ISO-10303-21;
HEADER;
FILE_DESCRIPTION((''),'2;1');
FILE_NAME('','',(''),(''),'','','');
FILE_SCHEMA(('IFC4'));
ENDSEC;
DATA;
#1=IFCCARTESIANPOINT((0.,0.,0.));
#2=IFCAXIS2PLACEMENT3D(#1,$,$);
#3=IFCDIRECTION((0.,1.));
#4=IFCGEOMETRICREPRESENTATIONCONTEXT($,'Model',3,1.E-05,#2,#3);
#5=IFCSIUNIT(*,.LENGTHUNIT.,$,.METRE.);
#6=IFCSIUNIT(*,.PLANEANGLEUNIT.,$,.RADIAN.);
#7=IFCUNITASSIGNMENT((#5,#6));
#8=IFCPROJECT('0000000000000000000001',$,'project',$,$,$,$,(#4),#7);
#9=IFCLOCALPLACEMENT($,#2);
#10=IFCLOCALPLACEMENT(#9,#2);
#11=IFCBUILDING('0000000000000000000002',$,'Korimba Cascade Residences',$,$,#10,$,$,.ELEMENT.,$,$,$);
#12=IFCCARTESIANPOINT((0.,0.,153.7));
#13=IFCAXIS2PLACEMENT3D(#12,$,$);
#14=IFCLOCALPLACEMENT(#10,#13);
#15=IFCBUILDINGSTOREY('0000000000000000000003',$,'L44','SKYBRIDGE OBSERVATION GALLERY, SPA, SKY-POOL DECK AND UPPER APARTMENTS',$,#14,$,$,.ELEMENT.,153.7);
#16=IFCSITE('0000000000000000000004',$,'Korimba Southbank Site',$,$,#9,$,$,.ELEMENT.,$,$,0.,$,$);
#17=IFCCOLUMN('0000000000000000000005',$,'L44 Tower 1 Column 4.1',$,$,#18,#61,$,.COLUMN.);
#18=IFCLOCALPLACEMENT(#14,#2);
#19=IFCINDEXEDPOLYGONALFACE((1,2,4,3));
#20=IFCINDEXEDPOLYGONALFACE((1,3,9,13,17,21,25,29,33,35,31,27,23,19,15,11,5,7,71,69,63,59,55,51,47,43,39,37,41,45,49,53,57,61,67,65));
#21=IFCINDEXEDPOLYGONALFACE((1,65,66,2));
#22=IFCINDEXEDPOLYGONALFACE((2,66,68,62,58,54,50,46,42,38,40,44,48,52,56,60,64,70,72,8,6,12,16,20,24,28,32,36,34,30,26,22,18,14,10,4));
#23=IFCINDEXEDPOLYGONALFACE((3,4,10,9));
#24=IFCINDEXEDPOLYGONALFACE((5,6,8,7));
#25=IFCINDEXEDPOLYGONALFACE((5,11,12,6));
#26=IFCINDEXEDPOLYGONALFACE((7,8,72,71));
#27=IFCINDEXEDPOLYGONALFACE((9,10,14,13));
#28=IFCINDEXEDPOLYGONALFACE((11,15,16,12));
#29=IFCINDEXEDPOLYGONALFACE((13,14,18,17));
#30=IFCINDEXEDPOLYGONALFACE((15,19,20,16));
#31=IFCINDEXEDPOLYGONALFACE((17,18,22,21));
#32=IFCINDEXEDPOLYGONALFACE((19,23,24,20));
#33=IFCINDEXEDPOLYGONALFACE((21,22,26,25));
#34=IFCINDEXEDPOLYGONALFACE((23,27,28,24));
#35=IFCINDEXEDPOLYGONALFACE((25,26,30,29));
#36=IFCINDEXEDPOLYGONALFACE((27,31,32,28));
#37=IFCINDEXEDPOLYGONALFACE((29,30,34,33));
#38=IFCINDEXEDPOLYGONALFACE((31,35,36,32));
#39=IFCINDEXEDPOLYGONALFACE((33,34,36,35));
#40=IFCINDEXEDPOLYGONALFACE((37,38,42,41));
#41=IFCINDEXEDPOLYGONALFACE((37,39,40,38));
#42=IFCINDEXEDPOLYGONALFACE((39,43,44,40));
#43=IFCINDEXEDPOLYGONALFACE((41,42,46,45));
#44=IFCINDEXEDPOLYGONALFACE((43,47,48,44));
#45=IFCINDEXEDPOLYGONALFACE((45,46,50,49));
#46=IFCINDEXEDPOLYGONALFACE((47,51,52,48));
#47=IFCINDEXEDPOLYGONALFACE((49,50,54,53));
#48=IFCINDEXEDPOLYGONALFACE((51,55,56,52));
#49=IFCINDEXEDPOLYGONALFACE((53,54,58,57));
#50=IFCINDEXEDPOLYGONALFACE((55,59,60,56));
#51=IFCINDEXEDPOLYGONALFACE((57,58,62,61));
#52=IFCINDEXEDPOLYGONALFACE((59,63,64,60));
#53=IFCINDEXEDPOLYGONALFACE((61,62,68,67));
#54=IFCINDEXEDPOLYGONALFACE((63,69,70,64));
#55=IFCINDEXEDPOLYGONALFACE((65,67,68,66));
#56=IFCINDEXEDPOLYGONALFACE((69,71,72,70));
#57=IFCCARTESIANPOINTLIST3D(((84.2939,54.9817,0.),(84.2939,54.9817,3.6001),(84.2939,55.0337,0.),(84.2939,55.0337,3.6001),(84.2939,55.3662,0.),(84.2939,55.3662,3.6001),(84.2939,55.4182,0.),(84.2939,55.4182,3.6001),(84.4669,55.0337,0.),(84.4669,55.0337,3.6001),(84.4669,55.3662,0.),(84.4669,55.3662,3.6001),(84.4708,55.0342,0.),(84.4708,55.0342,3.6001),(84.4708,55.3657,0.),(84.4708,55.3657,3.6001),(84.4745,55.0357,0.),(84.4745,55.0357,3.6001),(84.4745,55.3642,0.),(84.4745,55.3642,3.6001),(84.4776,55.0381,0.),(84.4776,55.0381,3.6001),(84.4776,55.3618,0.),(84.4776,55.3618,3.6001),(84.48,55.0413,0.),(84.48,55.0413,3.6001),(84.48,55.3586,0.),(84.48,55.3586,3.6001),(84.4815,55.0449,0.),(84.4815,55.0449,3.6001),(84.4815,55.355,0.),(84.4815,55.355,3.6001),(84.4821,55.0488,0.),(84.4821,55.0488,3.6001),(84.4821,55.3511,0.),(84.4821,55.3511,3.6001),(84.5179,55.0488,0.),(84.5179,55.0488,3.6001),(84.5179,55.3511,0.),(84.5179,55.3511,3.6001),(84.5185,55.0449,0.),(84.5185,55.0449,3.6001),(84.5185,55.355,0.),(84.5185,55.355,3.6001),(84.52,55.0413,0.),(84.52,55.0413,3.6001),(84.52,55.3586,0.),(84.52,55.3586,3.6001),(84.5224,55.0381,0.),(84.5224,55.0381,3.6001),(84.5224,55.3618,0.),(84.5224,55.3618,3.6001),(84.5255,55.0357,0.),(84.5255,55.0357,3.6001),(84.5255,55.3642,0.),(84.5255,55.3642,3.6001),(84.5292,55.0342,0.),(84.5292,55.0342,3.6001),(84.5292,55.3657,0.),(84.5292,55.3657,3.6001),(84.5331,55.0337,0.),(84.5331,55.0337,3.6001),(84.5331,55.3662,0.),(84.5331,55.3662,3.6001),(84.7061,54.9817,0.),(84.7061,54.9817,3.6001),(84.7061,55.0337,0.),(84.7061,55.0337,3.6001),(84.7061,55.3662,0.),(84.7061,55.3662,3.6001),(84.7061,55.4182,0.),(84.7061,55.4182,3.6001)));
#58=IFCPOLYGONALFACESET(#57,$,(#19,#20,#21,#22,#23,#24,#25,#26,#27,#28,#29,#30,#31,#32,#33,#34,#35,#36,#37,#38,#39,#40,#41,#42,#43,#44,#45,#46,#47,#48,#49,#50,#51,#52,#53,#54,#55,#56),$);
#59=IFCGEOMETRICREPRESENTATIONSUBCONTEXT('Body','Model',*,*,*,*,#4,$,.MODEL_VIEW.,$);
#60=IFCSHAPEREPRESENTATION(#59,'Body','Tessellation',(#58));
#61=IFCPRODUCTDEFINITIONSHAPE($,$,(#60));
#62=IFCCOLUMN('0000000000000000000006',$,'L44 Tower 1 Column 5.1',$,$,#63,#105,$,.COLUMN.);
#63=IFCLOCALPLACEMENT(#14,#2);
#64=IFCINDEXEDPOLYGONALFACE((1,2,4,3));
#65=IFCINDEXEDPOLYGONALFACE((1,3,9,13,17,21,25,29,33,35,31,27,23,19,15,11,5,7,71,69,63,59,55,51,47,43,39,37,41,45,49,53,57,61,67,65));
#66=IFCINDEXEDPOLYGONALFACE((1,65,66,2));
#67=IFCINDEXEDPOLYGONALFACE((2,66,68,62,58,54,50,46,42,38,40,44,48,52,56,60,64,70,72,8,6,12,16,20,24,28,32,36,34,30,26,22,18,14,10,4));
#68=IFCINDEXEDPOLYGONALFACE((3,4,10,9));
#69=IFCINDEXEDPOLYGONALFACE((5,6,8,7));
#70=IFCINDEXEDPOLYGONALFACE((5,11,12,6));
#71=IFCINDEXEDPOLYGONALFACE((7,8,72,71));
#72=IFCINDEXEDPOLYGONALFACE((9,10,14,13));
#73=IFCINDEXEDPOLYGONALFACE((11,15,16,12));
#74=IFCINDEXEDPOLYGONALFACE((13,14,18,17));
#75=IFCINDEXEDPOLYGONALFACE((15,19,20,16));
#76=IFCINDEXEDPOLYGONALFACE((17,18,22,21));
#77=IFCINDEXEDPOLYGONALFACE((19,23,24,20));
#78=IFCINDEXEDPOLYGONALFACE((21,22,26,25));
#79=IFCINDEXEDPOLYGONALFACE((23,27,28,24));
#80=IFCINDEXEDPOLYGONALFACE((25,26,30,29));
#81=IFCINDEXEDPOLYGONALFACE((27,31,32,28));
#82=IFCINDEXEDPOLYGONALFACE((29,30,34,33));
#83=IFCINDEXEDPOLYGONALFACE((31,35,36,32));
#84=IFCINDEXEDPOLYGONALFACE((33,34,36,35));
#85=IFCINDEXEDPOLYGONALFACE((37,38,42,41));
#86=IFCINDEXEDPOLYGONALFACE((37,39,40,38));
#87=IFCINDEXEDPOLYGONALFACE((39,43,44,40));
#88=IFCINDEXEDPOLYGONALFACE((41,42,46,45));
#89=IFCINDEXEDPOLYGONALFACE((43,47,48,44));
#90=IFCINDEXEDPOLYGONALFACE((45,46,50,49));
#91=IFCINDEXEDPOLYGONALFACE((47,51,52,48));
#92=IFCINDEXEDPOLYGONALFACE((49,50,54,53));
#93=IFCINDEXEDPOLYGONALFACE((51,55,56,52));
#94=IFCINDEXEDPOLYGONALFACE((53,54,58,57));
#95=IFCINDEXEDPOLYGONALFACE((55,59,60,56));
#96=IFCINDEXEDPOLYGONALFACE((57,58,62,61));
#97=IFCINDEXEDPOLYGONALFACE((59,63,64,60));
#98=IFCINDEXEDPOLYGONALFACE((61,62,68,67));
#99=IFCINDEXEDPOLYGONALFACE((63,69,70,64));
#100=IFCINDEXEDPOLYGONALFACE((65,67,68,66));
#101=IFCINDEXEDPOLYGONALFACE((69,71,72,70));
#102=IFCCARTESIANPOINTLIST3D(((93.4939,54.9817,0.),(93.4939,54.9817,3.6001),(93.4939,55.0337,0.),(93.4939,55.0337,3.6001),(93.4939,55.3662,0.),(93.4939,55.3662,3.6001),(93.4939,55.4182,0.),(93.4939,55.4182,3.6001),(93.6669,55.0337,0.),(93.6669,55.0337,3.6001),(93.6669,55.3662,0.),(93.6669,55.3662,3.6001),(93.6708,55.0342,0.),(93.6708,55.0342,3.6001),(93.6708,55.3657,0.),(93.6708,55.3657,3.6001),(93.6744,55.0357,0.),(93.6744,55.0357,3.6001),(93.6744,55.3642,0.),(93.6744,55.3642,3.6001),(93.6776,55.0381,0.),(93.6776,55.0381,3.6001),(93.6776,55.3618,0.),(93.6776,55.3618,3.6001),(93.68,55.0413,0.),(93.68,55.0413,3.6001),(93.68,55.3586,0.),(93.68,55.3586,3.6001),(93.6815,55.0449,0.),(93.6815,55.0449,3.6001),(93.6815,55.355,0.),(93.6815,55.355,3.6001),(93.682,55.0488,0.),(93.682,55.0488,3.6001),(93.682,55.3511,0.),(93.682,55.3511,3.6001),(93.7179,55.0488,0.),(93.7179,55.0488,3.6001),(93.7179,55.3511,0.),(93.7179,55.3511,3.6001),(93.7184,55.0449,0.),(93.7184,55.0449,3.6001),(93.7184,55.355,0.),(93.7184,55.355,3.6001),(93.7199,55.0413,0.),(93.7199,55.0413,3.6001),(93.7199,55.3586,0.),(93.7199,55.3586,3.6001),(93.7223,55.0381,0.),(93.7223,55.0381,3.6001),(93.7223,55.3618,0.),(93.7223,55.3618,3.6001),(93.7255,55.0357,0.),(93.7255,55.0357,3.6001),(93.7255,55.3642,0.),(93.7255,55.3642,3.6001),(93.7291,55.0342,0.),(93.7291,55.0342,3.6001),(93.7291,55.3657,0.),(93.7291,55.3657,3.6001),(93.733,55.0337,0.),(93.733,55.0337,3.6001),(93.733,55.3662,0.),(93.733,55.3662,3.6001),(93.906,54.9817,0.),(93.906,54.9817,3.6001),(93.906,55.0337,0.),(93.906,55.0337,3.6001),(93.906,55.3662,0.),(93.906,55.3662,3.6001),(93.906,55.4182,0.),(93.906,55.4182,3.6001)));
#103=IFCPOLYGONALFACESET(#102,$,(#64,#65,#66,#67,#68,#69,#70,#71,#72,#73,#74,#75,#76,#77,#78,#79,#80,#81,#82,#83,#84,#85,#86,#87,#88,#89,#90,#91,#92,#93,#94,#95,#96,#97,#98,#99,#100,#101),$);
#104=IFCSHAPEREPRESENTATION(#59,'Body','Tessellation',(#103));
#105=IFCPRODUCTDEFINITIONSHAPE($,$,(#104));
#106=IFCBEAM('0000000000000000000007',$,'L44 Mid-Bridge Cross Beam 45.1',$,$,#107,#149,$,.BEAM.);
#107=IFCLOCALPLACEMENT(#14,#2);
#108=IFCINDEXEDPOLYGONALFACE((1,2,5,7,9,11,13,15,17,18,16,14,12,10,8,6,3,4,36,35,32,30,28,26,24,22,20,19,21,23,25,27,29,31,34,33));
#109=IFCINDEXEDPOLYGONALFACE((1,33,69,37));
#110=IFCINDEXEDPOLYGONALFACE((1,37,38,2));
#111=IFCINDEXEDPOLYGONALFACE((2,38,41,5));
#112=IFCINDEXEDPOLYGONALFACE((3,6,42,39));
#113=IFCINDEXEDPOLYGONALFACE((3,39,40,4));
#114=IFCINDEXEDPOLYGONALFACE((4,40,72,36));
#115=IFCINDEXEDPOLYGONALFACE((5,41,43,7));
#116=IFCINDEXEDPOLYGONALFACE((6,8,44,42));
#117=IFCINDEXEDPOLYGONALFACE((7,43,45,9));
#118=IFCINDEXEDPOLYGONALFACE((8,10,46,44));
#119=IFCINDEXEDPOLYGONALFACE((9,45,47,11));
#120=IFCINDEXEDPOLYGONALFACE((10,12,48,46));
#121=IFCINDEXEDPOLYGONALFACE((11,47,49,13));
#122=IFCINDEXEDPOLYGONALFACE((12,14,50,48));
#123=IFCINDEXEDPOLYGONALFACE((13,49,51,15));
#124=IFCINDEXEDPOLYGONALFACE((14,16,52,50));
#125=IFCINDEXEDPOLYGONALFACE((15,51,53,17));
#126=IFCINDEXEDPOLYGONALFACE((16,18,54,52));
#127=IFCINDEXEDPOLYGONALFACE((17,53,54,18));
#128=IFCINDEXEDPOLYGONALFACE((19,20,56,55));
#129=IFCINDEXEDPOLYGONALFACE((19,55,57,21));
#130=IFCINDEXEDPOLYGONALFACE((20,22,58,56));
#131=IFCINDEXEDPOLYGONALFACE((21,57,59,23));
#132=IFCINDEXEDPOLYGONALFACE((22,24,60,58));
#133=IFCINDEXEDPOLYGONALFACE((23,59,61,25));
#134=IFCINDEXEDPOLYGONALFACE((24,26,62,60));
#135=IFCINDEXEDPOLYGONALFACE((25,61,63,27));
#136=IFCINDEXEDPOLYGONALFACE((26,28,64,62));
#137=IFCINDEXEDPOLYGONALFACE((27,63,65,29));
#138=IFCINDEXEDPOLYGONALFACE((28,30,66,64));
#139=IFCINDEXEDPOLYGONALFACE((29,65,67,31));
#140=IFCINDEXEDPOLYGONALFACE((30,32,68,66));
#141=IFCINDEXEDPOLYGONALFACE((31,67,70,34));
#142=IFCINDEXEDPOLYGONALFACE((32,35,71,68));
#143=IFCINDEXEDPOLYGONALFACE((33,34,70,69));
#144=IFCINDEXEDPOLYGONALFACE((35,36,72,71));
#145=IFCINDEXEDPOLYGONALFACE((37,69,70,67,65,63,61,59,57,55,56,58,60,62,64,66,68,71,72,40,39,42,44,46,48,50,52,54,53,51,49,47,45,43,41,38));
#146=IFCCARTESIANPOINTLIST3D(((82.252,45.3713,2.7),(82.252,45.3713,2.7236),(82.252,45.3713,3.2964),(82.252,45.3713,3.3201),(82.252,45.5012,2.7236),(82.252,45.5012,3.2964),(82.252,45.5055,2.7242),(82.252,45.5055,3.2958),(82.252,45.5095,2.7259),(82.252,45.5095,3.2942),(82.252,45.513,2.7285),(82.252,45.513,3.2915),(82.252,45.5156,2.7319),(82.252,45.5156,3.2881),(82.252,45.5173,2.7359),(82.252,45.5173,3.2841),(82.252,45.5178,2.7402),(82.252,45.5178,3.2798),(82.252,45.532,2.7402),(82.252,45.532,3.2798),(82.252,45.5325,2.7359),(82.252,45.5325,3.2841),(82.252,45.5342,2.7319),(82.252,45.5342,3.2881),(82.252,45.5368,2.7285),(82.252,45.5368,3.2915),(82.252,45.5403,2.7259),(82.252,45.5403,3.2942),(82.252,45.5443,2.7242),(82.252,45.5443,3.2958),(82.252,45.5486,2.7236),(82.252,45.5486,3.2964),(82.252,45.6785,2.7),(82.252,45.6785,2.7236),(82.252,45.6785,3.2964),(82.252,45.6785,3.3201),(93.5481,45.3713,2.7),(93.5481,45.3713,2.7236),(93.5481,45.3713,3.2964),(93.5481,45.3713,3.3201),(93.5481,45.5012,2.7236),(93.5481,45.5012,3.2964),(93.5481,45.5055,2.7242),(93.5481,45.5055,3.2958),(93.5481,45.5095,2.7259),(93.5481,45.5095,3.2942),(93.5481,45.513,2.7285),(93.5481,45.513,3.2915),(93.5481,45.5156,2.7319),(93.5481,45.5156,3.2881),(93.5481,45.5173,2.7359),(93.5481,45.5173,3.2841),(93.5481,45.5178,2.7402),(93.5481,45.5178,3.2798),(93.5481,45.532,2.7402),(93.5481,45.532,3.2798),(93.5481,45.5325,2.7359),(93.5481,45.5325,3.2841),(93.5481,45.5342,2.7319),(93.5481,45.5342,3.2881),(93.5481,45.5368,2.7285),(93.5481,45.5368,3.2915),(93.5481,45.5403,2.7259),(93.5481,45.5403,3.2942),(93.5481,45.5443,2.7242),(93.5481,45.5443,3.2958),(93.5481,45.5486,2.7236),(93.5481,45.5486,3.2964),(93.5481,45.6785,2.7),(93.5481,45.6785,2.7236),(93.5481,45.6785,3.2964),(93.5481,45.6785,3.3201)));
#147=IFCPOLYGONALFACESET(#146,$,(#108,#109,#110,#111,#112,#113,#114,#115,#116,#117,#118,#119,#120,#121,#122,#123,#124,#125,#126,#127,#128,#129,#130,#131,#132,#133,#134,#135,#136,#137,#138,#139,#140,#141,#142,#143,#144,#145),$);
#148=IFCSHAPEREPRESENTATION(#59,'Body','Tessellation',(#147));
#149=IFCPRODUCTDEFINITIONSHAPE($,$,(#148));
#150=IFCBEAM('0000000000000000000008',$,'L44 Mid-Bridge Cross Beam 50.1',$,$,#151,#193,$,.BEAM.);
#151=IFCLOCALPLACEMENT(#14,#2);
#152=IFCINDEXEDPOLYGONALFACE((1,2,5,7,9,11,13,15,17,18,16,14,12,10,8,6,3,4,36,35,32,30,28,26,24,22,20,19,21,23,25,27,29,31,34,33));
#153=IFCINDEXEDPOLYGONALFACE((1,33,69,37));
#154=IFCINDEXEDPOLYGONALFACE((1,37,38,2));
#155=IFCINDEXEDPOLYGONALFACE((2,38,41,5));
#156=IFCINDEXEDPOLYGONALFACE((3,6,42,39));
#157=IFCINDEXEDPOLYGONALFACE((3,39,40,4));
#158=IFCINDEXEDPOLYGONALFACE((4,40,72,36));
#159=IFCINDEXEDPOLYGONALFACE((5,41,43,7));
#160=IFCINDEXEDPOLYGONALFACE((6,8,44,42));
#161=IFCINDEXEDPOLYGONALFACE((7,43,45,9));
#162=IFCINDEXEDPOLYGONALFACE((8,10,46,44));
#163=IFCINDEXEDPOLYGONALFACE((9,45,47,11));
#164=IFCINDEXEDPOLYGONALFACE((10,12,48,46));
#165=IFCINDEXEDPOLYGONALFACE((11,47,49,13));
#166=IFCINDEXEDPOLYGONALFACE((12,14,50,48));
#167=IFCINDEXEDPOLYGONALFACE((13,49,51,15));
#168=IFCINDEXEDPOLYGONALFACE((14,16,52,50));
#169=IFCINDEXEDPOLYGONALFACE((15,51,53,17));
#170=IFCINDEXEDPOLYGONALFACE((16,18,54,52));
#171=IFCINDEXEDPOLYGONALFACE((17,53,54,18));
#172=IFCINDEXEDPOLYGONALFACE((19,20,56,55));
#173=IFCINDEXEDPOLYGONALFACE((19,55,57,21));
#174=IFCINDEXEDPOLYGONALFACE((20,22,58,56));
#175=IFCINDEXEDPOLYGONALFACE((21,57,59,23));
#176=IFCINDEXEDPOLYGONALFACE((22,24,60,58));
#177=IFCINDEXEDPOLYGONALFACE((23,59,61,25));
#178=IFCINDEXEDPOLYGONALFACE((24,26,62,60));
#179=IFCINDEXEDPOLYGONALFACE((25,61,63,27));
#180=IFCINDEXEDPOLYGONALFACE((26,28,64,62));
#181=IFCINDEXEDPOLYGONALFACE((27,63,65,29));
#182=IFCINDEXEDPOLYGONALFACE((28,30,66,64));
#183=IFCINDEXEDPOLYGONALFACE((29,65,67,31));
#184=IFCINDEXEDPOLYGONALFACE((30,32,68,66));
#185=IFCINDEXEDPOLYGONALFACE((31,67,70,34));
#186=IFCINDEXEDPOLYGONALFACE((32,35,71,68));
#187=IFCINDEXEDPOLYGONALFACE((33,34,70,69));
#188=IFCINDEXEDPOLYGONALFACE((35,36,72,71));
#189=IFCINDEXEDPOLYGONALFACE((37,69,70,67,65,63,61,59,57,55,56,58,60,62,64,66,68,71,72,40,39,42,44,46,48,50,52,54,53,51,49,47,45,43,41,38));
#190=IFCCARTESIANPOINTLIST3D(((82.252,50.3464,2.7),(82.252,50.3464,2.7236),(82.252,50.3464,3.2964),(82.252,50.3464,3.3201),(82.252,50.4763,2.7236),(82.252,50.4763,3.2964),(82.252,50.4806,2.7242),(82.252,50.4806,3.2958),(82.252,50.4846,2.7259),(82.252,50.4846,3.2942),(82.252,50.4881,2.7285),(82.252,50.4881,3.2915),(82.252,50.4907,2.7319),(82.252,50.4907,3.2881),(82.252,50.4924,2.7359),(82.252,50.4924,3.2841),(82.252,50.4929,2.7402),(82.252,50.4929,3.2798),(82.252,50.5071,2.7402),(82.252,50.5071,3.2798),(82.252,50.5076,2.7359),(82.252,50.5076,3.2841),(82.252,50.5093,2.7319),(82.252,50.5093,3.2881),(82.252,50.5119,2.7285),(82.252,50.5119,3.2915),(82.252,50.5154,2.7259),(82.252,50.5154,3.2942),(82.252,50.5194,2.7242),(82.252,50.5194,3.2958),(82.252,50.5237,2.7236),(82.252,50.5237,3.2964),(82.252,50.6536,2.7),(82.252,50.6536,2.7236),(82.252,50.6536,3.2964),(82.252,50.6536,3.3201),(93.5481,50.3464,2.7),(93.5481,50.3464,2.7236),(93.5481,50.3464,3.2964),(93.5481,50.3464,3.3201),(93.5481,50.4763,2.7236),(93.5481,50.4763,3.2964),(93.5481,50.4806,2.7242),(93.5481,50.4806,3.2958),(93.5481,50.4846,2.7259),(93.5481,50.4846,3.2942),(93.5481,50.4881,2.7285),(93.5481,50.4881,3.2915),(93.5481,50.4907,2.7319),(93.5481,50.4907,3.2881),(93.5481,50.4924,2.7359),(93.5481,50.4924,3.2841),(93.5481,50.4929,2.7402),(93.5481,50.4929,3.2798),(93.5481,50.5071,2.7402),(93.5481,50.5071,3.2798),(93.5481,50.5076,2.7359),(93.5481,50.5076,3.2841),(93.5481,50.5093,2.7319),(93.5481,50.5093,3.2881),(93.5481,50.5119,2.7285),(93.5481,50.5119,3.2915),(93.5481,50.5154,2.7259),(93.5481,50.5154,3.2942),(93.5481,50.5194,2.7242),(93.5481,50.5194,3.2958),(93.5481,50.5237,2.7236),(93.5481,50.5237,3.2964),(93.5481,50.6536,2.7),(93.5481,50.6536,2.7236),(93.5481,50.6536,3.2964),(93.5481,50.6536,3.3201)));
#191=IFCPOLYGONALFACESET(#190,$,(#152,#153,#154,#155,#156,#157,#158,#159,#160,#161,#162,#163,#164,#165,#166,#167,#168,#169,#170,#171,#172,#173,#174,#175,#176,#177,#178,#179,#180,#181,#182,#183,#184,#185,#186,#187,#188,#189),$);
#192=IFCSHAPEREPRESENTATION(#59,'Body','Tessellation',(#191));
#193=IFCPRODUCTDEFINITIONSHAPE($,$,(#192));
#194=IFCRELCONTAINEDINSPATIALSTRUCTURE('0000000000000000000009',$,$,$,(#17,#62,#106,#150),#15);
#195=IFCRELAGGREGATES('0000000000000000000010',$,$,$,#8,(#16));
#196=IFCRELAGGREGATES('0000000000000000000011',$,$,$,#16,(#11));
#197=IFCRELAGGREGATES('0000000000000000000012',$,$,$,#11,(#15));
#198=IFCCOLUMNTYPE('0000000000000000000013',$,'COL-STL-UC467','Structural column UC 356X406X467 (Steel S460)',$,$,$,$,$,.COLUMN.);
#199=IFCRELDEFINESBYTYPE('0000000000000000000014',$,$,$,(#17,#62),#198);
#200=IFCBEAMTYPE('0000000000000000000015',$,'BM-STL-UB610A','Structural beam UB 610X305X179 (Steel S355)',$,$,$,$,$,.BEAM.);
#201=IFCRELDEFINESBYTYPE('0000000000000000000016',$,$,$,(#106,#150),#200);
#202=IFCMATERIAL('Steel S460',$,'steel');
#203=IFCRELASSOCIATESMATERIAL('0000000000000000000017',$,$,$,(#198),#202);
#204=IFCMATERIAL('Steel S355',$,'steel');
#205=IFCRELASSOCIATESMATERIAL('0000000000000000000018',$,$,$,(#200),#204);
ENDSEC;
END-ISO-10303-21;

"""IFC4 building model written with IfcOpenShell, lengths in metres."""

from ifc_helpers import new_model, si_unit, direction, frame, origin, origin_2d, place, context, subcontext, project, spatial, i_section, extrude, material, material_profile, profile_set, type_object, element, save


model = new_model("IFC4")

# Units and contexts
model_context = context("Model", 3, precision=1e-05, world=origin(), true_north=direction((0.0, 1.0)))
body_context = subcontext(model_context, "Body", "Model", "MODEL_VIEW")
ifc_project = project(units=[si_unit("LENGTHUNIT", "METRE"), si_unit("PLANEANGLEUNIT", "RADIAN")], contexts=[model_context])

# Site, building, storey
site_placement = place(None, origin())
site = spatial("IfcSite", under=ifc_project, at=site_placement, Name="Korimba Southbank Site", CompositionType="ELEMENT", RefElevation=0.0)
building_placement = place(site_placement, origin())
building = spatial("IfcBuilding", under=site, at=building_placement, Name="Korimba Cascade Residences", CompositionType="ELEMENT")
storey_placement = place(building_placement, frame((0.0, 0.0, 153.7)))
storey = spatial("IfcBuildingStorey", under=building, at=storey_placement, Name="L44", Description="SKYBRIDGE OBSERVATION GALLERY, SPA, SKY-POOL DECK AND UPPER APARTMENTS", CompositionType="ELEMENT", Elevation=153.7)

# Columns
ifc_material_1 = material(Name="Steel S460", Category="steel")
ifc_material_profile_1 = material_profile(ifc_material_1, i_section(OverallWidth=0.4121, OverallDepth=0.4365, WebThickness=0.0359, FlangeThickness=0.052, FilletRadius=0.0151, at=origin_2d()), Name="Steel S460")
ifc_profile_set_1 = profile_set([ifc_material_profile_1], Name="Steel S460")
column_type = type_object("IfcColumnType", Name="COL-STL-UC467", Description="Structural column UC 356X406X467 (Steel S460)", PredefinedType="COLUMN", material=ifc_profile_set_1)
for number, where, z_axis, x_axis, name in (
    (1, (84.5, 55.2, 0.0), (0.0, 0.0, 1.0), (1.0, 0.0, 0.0), "L44 Tower 1 Column 4.1"),
    (2, (93.7, 55.2, 0.0), (0.0, 0.0, 1.0), (1.0, 0.0, 0.0), "L44 Tower 1 Column 5.1"),
):
    element("IfcColumn", number, at=place(storey_placement, frame(where, z_axis=z_axis, x_axis=x_axis)), inside=storey, type_object=column_type, Name=name, PredefinedType="COLUMN", context=body_context, shape_type="SweptSolid", body=[
        extrude(i_section(OverallWidth=0.4121, OverallDepth=0.4365, WebThickness=0.0359, FlangeThickness=0.052, FilletRadius=0.0151, at=origin_2d()), origin(), (0.0, 0.0, 1.0), 3.6001),
    ])

# Beams
ifc_material_2 = material(Name="Steel S355", Category="steel")
ifc_material_profile_2 = material_profile(ifc_material_2, i_section(OverallWidth=0.3071, OverallDepth=0.6201, WebThickness=0.0142, FlangeThickness=0.0237, FilletRadius=0.0166, at=origin_2d()), Name="Steel S355")
ifc_profile_set_2 = profile_set([ifc_material_profile_2], Name="Steel S355")
beam_type = type_object("IfcBeamType", Name="BM-STL-UB610A", Description="Structural beam UB 610X305X179 (Steel S355)", PredefinedType="BEAM", material=ifc_profile_set_2)
for number, where, z_axis, x_axis, name in (
    (3, (82.252, 45.5249, 3.01), (1.0, 0.0, 0.0), (0.0, 1.0, 0.0), "L44 Mid-Bridge Cross Beam 45.1"),
    (4, (82.252, 50.5, 3.01), (1.0, 0.0, 0.0), (0.0, 1.0, 0.0), "L44 Mid-Bridge Cross Beam 50.1"),
):
    element("IfcBeam", number, at=place(storey_placement, frame(where, z_axis=z_axis, x_axis=x_axis)), inside=storey, type_object=beam_type, Name=name, PredefinedType="BEAM", context=body_context, shape_type="SweptSolid", body=[
        extrude(i_section(OverallWidth=0.3071, OverallDepth=0.6201, WebThickness=0.0142, FlangeThickness=0.0237, FilletRadius=0.0166, at=origin_2d()), origin(), (0.0, 0.0, 1.0), 11.2961),
    ])

save(model, "model.ifc")
